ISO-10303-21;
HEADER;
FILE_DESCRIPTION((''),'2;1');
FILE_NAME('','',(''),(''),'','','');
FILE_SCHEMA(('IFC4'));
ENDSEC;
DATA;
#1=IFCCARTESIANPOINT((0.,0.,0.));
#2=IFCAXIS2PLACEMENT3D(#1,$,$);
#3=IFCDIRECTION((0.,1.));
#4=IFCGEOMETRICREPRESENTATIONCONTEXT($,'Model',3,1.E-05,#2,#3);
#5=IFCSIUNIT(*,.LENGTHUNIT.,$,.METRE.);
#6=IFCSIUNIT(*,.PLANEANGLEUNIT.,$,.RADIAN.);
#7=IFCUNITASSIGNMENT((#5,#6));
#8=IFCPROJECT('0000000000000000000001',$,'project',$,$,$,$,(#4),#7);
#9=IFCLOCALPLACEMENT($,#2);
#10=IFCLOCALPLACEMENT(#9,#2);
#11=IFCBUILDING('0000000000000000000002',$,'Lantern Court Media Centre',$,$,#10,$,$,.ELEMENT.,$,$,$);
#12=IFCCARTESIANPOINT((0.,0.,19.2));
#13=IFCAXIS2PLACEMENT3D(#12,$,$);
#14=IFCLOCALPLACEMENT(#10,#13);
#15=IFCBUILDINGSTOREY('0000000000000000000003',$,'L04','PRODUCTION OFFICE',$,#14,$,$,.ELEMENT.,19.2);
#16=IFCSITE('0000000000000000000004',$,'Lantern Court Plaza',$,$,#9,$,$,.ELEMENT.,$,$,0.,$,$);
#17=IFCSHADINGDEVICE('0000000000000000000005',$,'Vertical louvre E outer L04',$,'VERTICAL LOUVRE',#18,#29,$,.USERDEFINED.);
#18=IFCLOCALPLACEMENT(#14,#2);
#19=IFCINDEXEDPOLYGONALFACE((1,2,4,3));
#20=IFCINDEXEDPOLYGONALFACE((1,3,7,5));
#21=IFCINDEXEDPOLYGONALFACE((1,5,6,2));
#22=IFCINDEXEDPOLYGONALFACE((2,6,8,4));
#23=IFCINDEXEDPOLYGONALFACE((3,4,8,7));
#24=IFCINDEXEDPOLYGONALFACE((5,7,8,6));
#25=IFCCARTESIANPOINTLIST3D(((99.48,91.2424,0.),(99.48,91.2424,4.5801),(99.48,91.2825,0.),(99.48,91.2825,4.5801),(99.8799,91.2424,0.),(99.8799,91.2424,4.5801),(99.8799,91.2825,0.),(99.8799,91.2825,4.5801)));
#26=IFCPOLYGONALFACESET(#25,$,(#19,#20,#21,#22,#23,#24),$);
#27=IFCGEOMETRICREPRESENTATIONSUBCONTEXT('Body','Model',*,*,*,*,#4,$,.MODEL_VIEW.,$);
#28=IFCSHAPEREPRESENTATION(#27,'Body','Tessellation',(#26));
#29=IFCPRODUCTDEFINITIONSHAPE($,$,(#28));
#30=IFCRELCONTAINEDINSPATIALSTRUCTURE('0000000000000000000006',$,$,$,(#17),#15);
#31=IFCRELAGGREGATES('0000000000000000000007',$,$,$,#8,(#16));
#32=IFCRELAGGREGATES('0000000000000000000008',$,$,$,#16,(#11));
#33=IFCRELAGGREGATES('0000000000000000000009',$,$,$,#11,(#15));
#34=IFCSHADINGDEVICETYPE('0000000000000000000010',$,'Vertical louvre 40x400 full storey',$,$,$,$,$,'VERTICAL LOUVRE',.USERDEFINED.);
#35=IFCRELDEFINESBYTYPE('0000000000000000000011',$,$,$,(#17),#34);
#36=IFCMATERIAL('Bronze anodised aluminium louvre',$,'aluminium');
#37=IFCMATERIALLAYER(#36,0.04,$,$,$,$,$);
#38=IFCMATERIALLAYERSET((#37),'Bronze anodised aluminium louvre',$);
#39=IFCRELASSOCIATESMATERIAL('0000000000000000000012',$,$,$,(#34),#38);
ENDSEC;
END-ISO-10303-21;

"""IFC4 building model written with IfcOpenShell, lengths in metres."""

from ifc_helpers import new_model, si_unit, direction, frame, origin, origin_2d, place, context, subcontext, project, spatial, rectangle, extrude, material, layer, layer_set, type_object, element, save


model = new_model("IFC4")

# Units and contexts
model_context = context("Model", 3, precision=1e-05, world=origin(), true_north=direction((0.0, 1.0)))
body_context = subcontext(model_context, "Body", "Model", "MODEL_VIEW")
ifc_project = project(units=[si_unit("LENGTHUNIT", "METRE"), si_unit("PLANEANGLEUNIT", "RADIAN")], contexts=[model_context])

# Site, building, storey
site_placement = place(None, origin())
site = spatial("IfcSite", under=ifc_project, at=site_placement, Name="Lantern Court Plaza", CompositionType="ELEMENT", RefElevation=0.0)
building_placement = place(site_placement, origin())
building = spatial("IfcBuilding", under=site, at=building_placement, Name="Lantern Court Media Centre", CompositionType="ELEMENT")
storey_placement = place(building_placement, frame((0.0, 0.0, 19.2)))
storey = spatial("IfcBuildingStorey", under=building, at=storey_placement, Name="L04", Description="PRODUCTION OFFICE", CompositionType="ELEMENT", Elevation=19.2)

# Shading device
ifc_material_1 = material(Name="Bronze anodised aluminium louvre", Category="aluminium")
ifc_layer_1 = layer(ifc_material_1, 0.04)
ifc_layer_set_1 = layer_set([ifc_layer_1], Name="Bronze anodised aluminium louvre")
shading_device_type = type_object("IfcShadingDeviceType", Name="Vertical louvre 40x400 full storey", ElementType="VERTICAL LOUVRE", PredefinedType="USERDEFINED", material=ifc_layer_set_1)
for number, where, z_axis, x_axis, name in (
    (1, (99.6799, 91.2625, 0.0), (0.0, 0.0, 1.0), (1.0, 0.0, 0.0), "Vertical louvre E outer L04"),
):
    element("IfcShadingDevice", number, at=place(storey_placement, frame(where, z_axis=z_axis, x_axis=x_axis)), inside=storey, type_object=shading_device_type, Name=name, ObjectType="VERTICAL LOUVRE", PredefinedType="USERDEFINED", context=body_context, shape_type="SweptSolid", body=[
        extrude(rectangle(XDim=0.3999, YDim=0.04, at=origin_2d()), origin(), (0.0, 0.0, 1.0), 4.5801),
    ])

save(model, "model.ifc")
